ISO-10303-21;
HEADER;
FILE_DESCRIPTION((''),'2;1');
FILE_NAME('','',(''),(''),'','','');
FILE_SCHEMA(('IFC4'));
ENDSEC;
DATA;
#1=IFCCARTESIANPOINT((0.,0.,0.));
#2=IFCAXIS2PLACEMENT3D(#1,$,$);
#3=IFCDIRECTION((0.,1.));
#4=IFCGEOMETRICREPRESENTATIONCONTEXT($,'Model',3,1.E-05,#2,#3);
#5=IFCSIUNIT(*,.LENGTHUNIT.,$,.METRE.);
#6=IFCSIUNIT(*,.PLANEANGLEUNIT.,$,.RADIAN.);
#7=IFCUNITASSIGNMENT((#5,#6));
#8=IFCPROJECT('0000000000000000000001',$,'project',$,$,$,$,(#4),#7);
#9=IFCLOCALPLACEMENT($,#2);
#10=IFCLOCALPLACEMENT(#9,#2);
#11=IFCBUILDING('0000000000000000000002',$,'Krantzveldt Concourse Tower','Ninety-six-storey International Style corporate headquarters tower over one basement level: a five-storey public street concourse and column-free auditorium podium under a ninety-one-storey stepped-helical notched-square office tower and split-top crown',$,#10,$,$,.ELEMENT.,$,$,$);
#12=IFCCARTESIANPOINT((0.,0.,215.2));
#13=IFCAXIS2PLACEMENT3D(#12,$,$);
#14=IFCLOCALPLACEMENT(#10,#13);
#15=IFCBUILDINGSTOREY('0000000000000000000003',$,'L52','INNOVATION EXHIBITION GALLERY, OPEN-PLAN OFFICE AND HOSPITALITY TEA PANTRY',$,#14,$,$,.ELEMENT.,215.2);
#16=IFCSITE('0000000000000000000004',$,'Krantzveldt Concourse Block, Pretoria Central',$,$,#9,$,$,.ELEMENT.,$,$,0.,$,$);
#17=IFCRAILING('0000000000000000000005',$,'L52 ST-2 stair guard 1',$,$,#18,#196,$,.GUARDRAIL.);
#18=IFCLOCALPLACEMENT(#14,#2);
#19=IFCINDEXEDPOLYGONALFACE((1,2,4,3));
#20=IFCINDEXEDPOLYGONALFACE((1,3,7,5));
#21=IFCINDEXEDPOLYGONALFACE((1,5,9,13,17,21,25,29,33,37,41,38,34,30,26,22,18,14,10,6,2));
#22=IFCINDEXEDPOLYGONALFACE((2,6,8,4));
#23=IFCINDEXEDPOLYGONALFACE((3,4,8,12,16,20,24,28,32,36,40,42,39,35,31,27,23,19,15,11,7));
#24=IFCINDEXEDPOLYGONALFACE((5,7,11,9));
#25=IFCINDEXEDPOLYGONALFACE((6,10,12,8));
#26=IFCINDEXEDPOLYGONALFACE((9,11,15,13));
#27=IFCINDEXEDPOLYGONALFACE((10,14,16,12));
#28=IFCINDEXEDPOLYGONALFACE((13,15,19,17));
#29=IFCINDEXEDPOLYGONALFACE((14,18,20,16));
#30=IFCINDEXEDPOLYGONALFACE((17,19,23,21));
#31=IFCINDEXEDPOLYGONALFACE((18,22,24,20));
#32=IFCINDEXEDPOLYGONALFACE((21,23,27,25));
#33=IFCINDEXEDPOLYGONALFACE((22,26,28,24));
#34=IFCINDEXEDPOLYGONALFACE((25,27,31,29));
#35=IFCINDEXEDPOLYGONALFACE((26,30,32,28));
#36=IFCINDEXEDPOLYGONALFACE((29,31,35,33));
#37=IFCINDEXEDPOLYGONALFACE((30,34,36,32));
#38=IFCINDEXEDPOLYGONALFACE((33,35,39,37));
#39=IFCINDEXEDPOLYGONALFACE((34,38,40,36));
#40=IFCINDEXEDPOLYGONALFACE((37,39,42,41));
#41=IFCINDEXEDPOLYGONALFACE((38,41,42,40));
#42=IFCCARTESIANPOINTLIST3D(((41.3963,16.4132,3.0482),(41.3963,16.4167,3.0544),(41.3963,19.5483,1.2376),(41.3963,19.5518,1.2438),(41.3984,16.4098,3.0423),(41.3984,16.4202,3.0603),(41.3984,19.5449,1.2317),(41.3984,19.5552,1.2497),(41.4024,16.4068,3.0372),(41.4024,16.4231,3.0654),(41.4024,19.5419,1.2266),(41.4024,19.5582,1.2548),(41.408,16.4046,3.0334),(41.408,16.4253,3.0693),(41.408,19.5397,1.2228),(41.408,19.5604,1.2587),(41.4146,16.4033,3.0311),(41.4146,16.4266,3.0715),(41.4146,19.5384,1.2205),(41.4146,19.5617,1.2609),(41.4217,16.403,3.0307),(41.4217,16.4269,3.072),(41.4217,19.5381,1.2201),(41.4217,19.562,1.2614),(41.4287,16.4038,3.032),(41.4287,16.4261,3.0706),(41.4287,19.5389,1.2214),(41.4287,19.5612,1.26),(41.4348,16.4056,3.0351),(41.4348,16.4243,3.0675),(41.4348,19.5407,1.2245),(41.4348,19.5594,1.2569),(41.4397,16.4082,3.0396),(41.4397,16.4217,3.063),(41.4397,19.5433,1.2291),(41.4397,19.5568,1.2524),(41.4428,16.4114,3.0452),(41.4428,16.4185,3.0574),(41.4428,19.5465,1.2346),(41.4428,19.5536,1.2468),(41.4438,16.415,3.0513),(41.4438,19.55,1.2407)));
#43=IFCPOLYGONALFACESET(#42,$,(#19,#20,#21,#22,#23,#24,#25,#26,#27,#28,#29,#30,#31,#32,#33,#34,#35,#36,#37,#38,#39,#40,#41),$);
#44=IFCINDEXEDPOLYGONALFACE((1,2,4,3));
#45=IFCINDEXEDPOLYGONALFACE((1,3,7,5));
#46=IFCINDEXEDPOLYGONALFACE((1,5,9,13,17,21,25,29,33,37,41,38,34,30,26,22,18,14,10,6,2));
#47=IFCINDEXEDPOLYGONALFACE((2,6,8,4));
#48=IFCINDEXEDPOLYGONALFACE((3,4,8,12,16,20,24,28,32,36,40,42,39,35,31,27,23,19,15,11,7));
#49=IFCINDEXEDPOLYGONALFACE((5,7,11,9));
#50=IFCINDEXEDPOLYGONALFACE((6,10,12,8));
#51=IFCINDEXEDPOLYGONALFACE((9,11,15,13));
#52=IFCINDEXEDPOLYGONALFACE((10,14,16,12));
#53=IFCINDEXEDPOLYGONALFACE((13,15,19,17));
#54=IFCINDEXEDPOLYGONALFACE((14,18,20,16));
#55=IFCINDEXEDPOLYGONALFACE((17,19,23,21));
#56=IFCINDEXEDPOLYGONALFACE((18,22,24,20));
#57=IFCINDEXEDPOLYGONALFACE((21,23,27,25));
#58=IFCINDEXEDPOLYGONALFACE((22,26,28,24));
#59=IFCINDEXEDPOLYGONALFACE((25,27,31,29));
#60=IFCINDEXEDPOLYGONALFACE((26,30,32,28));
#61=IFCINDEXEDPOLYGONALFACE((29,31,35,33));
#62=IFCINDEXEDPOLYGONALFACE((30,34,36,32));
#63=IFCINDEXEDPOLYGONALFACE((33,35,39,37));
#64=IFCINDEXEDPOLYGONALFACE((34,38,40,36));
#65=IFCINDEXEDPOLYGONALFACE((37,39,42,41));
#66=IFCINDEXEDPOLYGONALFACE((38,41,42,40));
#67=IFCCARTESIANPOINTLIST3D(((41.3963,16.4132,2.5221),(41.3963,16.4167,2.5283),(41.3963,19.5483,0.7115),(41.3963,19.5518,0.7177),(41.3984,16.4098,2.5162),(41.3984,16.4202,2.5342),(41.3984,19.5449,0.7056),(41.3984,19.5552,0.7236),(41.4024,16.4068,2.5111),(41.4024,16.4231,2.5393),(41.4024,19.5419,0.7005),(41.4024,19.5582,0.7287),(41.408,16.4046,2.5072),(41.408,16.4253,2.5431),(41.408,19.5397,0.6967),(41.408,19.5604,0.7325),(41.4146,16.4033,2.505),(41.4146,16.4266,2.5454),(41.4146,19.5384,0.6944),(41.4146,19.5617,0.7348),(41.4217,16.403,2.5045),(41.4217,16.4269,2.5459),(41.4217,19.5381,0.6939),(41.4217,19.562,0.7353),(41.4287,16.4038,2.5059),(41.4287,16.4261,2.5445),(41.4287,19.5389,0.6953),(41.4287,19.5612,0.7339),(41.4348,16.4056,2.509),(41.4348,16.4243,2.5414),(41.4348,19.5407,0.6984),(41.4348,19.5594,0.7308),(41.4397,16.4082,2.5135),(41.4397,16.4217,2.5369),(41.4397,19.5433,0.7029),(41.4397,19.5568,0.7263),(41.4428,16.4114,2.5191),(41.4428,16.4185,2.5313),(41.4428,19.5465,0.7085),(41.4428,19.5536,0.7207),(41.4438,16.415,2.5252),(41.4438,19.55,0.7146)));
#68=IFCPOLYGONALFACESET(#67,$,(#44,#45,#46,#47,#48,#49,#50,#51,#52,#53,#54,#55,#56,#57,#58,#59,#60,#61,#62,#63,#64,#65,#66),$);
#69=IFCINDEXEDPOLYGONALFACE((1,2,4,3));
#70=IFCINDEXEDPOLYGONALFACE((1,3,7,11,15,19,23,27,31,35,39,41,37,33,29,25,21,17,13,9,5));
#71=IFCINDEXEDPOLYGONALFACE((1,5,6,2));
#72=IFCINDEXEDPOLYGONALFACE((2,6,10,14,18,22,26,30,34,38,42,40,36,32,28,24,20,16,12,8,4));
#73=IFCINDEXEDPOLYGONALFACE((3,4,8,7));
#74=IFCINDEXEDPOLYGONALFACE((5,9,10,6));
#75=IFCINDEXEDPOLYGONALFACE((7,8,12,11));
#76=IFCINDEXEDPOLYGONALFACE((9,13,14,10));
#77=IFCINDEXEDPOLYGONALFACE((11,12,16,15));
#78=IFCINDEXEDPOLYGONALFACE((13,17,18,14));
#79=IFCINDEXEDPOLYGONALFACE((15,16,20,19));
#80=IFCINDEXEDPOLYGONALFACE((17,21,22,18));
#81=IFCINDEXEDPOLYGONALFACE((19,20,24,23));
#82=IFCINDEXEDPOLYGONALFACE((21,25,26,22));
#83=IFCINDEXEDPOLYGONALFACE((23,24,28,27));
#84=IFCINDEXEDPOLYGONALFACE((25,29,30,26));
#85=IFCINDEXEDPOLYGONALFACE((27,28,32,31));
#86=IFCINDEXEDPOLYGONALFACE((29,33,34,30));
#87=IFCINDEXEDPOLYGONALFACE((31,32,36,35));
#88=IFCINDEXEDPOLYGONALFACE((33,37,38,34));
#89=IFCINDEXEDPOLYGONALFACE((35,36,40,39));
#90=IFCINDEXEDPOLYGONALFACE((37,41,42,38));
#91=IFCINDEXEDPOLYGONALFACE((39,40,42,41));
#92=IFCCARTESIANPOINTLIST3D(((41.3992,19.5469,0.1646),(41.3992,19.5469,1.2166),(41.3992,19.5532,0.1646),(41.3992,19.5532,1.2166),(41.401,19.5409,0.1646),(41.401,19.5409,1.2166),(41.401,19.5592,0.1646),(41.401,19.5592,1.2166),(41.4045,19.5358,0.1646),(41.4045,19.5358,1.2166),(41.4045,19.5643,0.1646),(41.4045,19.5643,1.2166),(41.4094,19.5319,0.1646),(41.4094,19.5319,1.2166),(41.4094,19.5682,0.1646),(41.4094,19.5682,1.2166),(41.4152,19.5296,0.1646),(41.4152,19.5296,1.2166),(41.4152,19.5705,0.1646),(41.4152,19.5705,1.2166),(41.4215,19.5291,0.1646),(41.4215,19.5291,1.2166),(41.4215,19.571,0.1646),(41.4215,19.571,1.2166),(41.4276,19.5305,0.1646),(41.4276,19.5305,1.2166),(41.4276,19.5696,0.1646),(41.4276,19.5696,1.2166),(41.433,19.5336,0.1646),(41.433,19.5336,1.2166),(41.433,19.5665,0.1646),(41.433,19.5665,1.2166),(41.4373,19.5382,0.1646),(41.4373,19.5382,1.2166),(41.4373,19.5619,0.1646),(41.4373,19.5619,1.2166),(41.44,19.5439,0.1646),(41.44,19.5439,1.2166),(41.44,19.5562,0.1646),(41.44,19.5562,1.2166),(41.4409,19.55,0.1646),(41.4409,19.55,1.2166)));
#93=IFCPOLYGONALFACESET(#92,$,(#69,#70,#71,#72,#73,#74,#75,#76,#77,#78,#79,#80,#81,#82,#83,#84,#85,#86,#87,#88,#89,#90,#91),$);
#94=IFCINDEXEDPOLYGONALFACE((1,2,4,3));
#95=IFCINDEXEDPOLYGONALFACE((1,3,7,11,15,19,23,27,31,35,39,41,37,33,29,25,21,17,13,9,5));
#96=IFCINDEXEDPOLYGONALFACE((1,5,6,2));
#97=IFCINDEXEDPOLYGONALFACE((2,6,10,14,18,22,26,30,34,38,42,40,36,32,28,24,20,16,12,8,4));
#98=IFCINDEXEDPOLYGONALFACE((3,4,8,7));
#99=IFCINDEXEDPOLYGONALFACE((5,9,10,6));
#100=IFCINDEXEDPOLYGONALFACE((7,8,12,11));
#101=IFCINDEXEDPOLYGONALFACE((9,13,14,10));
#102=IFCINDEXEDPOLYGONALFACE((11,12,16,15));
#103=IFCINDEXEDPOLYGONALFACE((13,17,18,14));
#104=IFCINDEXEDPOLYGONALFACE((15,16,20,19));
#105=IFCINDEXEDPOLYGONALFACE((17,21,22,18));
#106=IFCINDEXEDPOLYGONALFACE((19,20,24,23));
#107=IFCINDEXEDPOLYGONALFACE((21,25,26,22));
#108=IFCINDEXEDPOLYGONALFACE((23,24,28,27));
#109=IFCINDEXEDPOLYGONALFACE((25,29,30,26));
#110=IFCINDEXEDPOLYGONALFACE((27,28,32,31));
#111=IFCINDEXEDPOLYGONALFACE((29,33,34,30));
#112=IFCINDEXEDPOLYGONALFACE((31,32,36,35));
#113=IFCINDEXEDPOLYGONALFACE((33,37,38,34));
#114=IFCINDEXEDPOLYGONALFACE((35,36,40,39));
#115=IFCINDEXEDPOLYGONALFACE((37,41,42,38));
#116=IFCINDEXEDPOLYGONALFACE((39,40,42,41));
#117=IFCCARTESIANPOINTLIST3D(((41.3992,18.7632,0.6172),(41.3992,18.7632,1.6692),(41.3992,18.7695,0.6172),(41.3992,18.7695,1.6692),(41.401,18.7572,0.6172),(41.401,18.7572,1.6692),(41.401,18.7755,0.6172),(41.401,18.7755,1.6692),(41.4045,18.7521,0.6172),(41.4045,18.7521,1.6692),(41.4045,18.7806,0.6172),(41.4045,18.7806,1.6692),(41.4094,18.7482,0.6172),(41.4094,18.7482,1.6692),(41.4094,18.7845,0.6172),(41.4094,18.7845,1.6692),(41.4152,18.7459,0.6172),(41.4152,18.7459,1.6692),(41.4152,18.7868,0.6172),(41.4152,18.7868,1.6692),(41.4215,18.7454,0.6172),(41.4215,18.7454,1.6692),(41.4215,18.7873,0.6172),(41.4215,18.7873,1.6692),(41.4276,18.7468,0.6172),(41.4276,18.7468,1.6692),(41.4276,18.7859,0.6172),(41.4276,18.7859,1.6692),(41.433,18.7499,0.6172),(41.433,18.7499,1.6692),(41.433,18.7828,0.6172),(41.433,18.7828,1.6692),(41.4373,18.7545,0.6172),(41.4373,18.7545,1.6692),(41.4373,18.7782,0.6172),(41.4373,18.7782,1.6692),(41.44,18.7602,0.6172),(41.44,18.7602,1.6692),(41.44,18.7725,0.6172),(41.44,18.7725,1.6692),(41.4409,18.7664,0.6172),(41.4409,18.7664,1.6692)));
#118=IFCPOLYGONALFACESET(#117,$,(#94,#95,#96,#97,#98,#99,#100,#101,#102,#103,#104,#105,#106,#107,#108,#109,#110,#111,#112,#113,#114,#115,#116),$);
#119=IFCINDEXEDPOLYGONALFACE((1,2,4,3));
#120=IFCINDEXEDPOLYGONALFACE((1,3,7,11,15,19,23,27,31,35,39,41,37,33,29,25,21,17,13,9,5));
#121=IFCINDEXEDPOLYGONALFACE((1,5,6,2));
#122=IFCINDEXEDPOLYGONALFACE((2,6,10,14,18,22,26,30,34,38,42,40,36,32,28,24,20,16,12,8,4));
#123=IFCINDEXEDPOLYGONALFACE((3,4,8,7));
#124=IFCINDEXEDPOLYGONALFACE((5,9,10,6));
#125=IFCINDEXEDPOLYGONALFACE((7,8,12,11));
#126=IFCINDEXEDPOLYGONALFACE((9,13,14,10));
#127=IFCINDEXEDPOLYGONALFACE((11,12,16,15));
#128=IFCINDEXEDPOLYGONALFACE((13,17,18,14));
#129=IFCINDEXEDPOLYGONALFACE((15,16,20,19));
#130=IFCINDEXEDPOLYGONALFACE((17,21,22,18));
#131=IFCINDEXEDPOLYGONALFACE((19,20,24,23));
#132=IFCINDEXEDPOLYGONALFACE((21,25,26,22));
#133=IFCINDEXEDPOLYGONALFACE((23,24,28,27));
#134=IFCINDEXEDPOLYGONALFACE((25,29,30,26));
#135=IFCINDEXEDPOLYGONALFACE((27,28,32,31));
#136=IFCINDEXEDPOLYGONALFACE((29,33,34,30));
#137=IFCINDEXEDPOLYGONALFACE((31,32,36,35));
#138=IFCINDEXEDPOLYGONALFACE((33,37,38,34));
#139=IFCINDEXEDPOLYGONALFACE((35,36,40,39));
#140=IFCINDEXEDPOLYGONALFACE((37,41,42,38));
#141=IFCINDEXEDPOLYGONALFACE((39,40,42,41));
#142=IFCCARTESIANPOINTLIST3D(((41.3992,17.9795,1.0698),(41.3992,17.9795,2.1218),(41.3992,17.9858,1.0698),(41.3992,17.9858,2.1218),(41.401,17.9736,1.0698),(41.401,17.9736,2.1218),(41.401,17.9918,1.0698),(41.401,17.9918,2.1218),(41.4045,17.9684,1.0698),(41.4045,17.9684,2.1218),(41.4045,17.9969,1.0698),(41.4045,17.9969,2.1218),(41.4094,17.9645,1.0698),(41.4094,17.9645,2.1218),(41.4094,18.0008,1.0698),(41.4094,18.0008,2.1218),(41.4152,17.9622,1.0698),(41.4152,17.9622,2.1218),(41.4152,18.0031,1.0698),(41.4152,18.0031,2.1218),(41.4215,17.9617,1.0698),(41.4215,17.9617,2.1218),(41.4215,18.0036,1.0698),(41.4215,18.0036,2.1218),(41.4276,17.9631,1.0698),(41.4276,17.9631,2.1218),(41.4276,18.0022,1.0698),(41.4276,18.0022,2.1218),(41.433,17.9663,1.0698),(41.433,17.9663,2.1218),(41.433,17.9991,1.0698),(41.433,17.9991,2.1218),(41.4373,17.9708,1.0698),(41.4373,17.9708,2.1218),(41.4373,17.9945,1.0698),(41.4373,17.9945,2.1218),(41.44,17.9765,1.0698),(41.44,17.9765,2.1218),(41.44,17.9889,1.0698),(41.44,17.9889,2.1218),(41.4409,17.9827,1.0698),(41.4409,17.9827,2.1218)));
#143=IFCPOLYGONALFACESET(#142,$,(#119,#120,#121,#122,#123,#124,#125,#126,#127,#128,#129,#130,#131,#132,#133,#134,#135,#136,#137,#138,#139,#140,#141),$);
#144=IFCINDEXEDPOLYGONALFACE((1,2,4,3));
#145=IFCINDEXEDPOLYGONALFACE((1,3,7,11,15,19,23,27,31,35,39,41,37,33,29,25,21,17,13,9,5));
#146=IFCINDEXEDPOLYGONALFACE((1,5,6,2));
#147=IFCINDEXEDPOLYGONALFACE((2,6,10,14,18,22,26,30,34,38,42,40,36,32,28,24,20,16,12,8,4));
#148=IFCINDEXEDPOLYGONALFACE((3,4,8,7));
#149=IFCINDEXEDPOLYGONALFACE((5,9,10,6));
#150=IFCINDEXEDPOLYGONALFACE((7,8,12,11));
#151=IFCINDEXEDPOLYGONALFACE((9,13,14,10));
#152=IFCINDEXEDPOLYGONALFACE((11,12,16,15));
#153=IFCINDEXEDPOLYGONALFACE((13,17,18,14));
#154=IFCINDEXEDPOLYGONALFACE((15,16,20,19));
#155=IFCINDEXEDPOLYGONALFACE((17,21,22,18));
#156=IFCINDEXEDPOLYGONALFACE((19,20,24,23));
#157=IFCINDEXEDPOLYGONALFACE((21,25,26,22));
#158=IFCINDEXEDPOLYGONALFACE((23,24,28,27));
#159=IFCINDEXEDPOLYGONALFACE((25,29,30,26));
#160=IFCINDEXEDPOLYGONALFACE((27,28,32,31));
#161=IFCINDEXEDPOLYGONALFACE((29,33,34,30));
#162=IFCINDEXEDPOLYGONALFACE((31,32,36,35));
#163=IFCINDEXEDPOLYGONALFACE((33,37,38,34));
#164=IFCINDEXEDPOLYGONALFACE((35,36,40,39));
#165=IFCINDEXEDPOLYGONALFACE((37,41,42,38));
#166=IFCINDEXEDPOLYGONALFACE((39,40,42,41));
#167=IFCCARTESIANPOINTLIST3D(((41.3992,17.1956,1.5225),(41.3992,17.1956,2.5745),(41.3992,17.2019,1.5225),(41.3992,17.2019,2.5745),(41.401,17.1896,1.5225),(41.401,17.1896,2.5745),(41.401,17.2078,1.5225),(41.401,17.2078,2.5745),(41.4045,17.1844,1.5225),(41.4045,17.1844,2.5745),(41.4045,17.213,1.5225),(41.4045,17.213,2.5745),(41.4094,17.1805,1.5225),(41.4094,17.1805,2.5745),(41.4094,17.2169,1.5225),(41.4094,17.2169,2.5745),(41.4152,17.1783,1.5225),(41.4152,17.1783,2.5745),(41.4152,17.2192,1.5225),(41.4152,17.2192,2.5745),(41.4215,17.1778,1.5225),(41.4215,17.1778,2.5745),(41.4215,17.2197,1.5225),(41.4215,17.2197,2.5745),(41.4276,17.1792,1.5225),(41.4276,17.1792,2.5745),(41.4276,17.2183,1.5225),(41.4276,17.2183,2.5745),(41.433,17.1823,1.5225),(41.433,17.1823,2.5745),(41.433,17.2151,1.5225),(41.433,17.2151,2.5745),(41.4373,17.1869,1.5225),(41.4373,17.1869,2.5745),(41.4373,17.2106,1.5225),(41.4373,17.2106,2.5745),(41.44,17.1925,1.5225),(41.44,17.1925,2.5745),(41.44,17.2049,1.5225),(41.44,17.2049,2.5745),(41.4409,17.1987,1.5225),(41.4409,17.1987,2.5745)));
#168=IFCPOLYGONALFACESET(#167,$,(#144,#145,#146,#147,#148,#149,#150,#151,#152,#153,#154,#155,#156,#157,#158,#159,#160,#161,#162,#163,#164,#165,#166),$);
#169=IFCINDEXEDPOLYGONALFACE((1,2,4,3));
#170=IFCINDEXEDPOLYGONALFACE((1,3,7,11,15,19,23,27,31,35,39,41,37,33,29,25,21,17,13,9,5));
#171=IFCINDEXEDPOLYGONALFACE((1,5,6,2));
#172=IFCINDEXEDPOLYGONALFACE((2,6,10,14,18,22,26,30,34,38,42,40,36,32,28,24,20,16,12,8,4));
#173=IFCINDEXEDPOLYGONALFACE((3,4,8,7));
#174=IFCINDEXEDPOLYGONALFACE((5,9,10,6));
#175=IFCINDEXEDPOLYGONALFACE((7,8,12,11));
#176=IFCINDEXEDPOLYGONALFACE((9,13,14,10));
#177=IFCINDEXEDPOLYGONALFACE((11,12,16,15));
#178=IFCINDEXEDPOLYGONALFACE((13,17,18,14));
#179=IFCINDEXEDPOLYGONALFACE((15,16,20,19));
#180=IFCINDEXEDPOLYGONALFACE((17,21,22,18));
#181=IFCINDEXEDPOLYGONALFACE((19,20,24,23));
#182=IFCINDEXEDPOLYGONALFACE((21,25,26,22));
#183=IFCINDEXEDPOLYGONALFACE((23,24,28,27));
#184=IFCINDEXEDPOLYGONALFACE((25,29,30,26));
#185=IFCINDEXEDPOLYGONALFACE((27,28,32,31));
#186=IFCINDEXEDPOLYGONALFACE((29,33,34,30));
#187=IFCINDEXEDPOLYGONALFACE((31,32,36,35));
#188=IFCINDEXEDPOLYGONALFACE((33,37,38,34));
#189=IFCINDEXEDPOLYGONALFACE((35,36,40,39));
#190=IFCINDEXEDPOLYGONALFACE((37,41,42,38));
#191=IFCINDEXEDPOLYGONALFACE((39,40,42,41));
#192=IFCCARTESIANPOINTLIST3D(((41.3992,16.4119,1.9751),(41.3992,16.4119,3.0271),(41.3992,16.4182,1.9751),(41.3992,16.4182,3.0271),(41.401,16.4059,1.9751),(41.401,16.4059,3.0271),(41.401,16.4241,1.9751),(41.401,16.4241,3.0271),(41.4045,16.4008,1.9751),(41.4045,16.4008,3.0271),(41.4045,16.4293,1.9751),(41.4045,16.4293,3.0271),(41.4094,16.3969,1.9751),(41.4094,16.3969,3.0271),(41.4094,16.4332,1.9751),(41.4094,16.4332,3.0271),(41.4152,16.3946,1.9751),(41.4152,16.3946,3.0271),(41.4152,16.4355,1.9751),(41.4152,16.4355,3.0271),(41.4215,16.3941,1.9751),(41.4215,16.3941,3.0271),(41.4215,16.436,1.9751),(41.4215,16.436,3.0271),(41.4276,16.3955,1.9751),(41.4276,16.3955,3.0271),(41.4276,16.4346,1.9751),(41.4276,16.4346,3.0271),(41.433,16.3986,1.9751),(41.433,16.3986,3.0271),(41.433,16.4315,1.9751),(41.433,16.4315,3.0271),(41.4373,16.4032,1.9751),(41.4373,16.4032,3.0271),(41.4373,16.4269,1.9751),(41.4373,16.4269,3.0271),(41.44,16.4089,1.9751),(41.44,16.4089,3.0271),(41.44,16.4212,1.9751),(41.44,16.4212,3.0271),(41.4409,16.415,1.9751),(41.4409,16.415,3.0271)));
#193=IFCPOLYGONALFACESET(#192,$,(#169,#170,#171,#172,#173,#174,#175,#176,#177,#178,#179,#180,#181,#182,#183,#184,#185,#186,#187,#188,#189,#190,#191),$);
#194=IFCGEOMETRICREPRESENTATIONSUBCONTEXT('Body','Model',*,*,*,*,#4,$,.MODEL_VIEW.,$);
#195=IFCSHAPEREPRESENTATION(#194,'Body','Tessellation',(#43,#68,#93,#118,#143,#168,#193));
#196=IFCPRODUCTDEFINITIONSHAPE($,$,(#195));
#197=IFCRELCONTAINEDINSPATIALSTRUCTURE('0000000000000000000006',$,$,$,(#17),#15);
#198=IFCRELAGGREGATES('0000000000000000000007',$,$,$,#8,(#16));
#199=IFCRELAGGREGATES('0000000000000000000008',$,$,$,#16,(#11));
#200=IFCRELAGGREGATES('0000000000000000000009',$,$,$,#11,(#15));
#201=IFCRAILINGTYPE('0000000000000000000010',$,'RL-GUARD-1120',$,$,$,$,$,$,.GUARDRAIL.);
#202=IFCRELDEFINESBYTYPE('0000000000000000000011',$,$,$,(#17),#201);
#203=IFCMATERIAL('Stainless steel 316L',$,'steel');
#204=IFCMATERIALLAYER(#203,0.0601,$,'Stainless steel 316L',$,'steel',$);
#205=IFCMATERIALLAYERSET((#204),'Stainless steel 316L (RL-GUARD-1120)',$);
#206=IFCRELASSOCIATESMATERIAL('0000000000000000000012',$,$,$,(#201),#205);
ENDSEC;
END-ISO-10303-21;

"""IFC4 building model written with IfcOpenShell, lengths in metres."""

from ifc_helpers import new_model, si_unit, direction, frame, origin, origin_2d, place, context, subcontext, project, spatial, circle, extrude, material, layer, layer_set, type_object, element, save


model = new_model("IFC4")

# Units and contexts
model_context = context("Model", 3, precision=1e-05, world=origin(), true_north=direction((0.0, 1.0)))
body_context = subcontext(model_context, "Body", "Model", "MODEL_VIEW")
ifc_project = project(units=[si_unit("LENGTHUNIT", "METRE"), si_unit("PLANEANGLEUNIT", "RADIAN")], contexts=[model_context])

# Site, building, storey
site_placement = place(None, origin())
site = spatial("IfcSite", under=ifc_project, at=site_placement, Name="Krantzveldt Concourse Block, Pretoria Central", CompositionType="ELEMENT", RefElevation=0.0)
building_placement = place(site_placement, origin())
building = spatial("IfcBuilding", under=site, at=building_placement, Name="Krantzveldt Concourse Tower", Description="Ninety-six-storey International Style corporate headquarters tower over one basement level: a five-storey public street concourse and column-free auditorium podium under a ninety-one-storey stepped-helical notched-square office tower and split-top crown", CompositionType="ELEMENT")
storey_placement = place(building_placement, frame((0.0, 0.0, 215.2)))
storey = spatial("IfcBuildingStorey", under=building, at=storey_placement, Name="L52", Description="INNOVATION EXHIBITION GALLERY, OPEN-PLAN OFFICE AND HOSPITALITY TEA PANTRY", CompositionType="ELEMENT", Elevation=215.2)

# Shared definitions
ifc_material_1 = material(Name="Stainless steel 316L", Category="steel")

# Railing
ifc_layer_1 = layer(ifc_material_1, 0.0601, Name="Stainless steel 316L", Category="steel")
ifc_layer_set_1 = layer_set([ifc_layer_1], Name="Stainless steel 316L (RL-GUARD-1120)")
railing_type_1 = type_object("IfcRailingType", Name="RL-GUARD-1120", PredefinedType="GUARDRAIL", material=ifc_layer_set_1)
railing_1_placement = place(storey_placement, frame((41.4199, 19.55, 0.1646)))
element("IfcRailing", 1, at=railing_1_placement, inside=storey, type_object=railing_type_1, Name="L52 ST-2 stair guard 1", PredefinedType="GUARDRAIL", context=body_context, shape_type="SweptSolid", body=[
    extrude(circle(Radius=0.0239, at=origin_2d()), frame((0.0, 0.0, 1.0762), z_axis=(0.0, -0.86596, 0.500114), x_axis=(1.0, 0.0, 0.0)), (0.0, 0.0, 1.0), 3.6204),
    extrude(circle(Radius=0.0239, at=origin_2d()), frame((0.0, 0.0, 0.55), z_axis=(0.0, -0.86596, 0.500114), x_axis=(1.0, 0.0, 0.0)), (0.0, 0.0, 1.0), 3.6204),
    extrude(circle(Radius=0.021, at=origin_2d()), origin(), (0.0, 0.0, 1.0), 1.052),
    extrude(circle(Radius=0.021, at=origin_2d()), frame((0.0, -0.7837, 0.4526)), (0.0, 0.0, 1.0), 1.052),
    extrude(circle(Radius=0.021, at=origin_2d()), frame((0.0, -1.5674, 0.9053)), (0.0, 0.0, 1.0), 1.052),
    extrude(circle(Radius=0.021, at=origin_2d()), frame((0.0, -2.3513, 1.3579)), (0.0, 0.0, 1.0), 1.052),
    extrude(circle(Radius=0.021, at=origin_2d()), frame((0.0, -3.135, 1.8105)), (0.0, 0.0, 1.0), 1.052),
])

save(model, "model.ifc")
